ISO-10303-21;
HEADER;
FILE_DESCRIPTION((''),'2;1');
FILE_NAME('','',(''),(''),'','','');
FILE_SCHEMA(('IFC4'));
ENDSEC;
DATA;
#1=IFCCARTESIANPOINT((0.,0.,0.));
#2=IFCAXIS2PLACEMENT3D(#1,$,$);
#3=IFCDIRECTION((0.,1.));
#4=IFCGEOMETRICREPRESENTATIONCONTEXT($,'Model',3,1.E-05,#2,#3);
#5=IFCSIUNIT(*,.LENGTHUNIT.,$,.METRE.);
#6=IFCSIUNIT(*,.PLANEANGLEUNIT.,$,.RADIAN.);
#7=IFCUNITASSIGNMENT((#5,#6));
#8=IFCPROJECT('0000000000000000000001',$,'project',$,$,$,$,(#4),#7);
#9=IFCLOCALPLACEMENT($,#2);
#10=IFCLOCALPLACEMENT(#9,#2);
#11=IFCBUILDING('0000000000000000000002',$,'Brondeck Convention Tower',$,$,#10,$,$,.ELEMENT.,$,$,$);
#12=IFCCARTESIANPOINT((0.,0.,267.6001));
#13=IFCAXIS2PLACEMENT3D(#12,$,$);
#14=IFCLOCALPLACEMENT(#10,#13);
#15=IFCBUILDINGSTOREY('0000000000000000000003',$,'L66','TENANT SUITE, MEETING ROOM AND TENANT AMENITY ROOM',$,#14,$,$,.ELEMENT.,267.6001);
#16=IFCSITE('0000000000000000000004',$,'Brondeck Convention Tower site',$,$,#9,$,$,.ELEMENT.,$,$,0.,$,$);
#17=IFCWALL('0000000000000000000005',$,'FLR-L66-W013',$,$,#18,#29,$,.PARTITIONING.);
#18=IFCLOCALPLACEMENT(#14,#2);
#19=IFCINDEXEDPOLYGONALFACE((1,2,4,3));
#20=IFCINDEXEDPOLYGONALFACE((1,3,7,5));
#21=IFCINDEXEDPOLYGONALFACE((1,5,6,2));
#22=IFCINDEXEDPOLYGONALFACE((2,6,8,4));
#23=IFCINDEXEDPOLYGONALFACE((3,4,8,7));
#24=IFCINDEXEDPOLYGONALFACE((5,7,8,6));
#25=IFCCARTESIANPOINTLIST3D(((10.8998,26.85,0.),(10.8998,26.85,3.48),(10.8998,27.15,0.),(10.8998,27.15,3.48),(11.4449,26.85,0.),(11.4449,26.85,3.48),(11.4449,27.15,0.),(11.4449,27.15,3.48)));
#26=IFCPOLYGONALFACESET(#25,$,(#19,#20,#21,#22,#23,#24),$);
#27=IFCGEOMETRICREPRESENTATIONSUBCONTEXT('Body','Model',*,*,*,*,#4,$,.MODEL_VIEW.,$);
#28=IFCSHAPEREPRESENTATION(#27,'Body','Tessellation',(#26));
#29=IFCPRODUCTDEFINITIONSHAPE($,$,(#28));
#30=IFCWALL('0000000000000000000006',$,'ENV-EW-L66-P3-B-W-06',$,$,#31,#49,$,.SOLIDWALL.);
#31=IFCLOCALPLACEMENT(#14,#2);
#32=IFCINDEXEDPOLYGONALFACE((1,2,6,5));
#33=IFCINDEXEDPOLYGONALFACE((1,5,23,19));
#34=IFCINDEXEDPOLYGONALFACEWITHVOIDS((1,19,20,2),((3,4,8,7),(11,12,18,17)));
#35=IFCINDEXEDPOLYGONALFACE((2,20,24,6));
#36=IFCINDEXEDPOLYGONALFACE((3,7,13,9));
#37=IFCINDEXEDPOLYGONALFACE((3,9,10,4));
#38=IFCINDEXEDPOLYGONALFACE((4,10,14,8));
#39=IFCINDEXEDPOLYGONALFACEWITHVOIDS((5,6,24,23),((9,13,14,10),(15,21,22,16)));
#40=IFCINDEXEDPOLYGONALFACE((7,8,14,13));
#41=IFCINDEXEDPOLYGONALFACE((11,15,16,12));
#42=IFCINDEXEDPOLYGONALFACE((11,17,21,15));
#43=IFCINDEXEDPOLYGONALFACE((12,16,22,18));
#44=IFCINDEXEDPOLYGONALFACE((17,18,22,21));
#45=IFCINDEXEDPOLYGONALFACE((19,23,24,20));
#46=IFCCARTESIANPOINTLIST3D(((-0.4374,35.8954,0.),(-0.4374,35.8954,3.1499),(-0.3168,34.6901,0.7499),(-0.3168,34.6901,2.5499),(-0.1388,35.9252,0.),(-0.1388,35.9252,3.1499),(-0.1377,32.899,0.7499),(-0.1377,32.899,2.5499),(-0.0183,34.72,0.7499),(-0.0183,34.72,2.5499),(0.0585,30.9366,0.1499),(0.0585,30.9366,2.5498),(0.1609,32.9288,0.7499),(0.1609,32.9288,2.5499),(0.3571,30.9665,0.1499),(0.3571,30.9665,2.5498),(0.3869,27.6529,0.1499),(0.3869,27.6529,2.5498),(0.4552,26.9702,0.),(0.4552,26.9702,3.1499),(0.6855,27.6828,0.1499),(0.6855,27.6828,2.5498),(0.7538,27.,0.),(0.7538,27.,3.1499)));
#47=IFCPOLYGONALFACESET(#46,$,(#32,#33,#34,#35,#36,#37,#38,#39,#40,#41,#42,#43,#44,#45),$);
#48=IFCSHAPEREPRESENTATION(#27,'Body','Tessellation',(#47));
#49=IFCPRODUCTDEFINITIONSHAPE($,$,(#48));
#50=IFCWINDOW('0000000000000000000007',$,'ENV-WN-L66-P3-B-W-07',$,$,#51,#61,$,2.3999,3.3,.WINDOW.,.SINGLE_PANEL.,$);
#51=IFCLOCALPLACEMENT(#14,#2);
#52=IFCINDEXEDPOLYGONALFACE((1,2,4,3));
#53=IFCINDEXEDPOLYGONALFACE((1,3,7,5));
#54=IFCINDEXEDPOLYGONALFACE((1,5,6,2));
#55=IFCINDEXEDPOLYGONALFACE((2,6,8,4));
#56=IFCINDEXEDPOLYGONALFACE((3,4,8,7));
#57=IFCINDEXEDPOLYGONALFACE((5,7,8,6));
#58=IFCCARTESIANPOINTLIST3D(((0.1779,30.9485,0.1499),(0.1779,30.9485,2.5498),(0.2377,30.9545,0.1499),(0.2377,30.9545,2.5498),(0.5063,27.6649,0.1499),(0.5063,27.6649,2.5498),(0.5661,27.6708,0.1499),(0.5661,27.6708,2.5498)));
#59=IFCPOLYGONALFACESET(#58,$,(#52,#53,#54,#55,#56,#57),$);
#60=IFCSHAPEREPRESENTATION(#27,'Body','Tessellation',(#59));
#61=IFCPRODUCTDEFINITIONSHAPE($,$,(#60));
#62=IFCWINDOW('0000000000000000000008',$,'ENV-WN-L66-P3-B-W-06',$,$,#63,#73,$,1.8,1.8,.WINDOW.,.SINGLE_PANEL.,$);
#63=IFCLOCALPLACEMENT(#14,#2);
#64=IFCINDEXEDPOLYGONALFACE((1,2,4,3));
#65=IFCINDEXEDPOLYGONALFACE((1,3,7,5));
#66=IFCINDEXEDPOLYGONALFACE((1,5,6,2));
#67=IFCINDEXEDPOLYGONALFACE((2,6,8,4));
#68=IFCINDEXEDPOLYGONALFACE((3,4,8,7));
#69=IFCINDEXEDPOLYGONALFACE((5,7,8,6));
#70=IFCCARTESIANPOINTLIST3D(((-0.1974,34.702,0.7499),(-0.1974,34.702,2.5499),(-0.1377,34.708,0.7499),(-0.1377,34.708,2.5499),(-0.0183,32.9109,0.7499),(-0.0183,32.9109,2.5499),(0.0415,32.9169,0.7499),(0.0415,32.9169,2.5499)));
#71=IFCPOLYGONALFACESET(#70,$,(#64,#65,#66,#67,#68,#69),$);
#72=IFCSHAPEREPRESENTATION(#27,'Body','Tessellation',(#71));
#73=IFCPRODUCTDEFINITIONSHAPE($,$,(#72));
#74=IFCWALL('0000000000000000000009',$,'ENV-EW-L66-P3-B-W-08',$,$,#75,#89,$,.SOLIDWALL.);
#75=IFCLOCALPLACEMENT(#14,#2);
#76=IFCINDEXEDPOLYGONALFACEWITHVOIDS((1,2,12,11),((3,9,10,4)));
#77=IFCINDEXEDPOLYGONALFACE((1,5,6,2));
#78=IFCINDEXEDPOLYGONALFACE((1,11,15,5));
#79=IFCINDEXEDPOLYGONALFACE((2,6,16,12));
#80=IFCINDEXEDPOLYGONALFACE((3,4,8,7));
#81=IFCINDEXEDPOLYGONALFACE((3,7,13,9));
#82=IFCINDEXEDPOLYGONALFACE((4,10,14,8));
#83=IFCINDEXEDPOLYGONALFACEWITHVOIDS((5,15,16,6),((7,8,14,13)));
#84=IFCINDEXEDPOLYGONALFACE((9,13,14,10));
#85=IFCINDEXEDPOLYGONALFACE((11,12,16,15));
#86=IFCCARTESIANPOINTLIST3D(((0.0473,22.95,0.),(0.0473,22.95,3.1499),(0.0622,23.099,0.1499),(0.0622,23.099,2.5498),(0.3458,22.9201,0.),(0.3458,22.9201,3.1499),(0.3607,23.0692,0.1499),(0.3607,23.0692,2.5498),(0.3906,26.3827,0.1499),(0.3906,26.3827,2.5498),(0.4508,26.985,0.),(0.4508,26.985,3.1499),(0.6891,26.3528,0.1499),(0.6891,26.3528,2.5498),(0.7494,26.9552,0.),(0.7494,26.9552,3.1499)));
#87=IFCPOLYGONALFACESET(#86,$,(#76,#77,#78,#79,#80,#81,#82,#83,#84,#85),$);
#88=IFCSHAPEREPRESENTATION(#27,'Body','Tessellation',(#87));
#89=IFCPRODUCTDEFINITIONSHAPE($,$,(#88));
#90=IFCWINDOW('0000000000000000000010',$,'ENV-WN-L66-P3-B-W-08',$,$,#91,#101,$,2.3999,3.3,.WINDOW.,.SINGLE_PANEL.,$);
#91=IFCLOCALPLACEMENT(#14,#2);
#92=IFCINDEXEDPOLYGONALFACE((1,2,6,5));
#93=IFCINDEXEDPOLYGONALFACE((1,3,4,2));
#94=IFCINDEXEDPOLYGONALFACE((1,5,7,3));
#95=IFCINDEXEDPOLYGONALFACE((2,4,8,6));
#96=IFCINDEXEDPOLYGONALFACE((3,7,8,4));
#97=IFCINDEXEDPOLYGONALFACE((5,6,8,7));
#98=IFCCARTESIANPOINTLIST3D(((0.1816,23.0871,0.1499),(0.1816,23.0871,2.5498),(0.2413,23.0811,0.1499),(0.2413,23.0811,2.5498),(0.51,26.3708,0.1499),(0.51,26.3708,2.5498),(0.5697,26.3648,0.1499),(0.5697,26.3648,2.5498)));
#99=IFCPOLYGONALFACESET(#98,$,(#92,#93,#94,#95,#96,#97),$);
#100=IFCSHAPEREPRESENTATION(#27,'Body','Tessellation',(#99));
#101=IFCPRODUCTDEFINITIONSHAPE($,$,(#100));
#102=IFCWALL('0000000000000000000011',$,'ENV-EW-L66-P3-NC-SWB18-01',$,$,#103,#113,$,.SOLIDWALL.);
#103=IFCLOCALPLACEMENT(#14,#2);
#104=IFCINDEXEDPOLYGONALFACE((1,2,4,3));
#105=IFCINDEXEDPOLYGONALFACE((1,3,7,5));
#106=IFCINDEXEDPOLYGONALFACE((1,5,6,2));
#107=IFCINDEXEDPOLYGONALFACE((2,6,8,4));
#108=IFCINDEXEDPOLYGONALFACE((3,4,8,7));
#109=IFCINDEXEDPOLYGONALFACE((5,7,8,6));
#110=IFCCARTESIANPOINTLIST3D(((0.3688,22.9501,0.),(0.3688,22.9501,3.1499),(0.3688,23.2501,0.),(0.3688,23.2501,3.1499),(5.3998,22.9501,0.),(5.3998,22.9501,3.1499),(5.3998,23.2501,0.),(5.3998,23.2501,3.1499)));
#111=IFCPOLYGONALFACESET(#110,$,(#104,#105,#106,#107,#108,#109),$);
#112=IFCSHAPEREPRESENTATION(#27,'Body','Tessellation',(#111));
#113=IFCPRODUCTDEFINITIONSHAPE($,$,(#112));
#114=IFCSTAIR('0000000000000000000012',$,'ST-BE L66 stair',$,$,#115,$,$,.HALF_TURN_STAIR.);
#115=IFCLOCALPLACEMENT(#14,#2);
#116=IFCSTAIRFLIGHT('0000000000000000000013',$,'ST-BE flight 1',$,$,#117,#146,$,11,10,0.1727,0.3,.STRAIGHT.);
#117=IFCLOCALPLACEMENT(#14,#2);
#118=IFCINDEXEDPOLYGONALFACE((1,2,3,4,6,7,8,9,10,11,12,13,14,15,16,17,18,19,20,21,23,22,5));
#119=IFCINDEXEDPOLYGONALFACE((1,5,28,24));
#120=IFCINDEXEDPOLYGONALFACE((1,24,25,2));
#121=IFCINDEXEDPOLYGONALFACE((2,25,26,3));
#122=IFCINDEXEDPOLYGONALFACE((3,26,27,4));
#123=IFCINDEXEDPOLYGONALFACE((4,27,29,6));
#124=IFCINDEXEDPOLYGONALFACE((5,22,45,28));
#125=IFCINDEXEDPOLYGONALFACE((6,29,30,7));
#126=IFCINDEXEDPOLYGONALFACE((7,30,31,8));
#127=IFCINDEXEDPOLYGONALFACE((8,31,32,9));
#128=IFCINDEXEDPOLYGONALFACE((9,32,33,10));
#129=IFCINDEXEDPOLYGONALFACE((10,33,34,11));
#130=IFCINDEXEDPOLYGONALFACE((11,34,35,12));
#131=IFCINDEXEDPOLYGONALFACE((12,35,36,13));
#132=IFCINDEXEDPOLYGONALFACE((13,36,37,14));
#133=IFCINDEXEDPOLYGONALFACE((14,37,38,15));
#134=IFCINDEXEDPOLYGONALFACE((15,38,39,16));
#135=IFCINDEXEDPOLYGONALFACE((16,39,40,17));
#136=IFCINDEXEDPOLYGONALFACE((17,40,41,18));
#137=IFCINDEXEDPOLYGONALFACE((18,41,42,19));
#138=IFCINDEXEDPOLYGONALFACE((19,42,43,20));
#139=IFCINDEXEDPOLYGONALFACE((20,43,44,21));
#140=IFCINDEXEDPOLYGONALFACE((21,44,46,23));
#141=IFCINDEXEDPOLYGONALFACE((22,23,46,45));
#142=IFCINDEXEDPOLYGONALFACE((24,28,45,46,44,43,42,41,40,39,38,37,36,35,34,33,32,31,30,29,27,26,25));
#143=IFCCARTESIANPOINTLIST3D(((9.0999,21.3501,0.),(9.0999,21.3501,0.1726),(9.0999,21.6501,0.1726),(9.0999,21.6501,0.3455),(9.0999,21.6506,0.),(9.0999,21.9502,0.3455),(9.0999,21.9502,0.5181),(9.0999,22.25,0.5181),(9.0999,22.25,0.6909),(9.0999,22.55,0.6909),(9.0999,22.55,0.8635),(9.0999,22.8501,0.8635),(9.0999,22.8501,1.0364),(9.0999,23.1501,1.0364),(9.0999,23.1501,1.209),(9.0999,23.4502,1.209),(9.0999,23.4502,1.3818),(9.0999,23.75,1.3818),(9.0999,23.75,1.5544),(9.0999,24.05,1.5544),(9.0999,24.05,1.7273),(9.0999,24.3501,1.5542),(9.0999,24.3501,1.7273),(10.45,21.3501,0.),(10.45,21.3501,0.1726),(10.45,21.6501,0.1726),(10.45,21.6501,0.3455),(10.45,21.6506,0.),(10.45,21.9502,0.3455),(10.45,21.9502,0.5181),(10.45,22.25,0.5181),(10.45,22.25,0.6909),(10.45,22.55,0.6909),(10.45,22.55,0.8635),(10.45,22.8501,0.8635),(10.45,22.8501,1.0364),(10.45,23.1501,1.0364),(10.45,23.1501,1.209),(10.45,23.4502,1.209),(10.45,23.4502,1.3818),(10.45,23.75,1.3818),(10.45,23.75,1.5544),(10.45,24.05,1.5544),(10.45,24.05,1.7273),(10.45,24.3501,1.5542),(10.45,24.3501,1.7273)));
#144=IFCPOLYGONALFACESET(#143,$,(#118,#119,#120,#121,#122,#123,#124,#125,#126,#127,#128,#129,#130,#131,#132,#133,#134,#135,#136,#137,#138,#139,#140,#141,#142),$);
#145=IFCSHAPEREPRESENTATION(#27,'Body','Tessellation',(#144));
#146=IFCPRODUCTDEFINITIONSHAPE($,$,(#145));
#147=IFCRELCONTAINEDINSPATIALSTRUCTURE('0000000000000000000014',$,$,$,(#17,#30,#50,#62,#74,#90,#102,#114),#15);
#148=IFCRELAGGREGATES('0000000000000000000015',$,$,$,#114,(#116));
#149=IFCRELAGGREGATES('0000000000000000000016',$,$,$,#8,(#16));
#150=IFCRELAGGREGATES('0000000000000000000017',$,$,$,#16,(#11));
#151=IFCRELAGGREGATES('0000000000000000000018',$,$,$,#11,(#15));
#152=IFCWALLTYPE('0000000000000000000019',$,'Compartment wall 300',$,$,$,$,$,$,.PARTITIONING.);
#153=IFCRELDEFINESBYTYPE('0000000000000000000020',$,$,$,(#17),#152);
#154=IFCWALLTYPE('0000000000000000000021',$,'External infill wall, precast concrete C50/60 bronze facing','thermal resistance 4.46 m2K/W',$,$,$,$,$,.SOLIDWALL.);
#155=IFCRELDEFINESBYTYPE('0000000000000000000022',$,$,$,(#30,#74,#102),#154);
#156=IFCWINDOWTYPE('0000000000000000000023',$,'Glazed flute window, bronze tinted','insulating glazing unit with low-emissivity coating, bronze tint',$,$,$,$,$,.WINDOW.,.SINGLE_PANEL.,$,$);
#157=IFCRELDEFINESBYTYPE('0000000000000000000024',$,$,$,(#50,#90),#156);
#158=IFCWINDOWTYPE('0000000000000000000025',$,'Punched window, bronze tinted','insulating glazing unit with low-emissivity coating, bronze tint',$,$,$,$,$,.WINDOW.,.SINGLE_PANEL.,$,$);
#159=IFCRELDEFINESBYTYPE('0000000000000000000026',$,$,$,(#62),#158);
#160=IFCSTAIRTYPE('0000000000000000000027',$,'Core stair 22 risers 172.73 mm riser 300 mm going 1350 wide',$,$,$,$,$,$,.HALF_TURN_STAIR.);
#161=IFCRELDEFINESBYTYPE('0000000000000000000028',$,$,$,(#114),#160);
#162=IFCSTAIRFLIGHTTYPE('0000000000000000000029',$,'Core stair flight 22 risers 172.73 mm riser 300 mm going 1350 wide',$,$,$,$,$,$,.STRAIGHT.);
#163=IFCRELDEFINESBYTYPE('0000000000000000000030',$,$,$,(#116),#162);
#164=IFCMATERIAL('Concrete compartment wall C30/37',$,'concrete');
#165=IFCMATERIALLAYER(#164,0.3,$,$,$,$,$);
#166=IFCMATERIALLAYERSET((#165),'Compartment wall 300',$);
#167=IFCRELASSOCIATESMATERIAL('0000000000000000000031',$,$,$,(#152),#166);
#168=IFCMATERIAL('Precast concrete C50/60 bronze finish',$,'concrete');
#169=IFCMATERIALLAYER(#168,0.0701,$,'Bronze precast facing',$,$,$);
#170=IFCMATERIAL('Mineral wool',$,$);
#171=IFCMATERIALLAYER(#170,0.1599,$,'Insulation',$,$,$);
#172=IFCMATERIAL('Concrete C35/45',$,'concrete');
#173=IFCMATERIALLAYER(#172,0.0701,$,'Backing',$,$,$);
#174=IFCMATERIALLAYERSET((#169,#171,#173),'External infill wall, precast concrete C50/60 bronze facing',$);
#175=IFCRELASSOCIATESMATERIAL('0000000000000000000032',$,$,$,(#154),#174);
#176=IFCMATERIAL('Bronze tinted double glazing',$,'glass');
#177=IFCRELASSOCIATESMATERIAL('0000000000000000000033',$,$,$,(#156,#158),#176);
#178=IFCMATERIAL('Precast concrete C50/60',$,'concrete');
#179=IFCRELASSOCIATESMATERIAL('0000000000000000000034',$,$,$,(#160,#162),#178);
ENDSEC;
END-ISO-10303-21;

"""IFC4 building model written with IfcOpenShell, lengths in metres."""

from ifc_helpers import new_model, si_unit, direction, frame, frame_2d, origin, place, context, subcontext, project, spatial, polyline, rectangle, outline, extrude, material, layer, layer_set, type_object, element, fill, aggregate, save


model = new_model("IFC4")

# Units and contexts
model_context = context("Model", 3, precision=1e-05, world=origin(), true_north=direction((0.0, 1.0)))
body_context = subcontext(model_context, "Body", "Model", "MODEL_VIEW")
ifc_project = project(units=[si_unit("LENGTHUNIT", "METRE"), si_unit("PLANEANGLEUNIT", "RADIAN")], contexts=[model_context])

# Site, building, storey
site_placement = place(None, origin())
site = spatial("IfcSite", under=ifc_project, at=site_placement, Name="Brondeck Convention Tower site", CompositionType="ELEMENT", RefElevation=0.0)
building_placement = place(site_placement, origin())
building = spatial("IfcBuilding", under=site, at=building_placement, Name="Brondeck Convention Tower", CompositionType="ELEMENT")
storey_placement = place(building_placement, frame((0.0, 0.0, 267.6001)))
storey = spatial("IfcBuildingStorey", under=building, at=storey_placement, Name="L66", Description="TENANT SUITE, MEETING ROOM AND TENANT AMENITY ROOM", CompositionType="ELEMENT", Elevation=267.6001)

# Wall
ifc_material_1 = material(Name="Concrete compartment wall C30/37", Category="concrete")
ifc_layer_1 = layer(ifc_material_1, 0.3)
ifc_layer_set_1 = layer_set([ifc_layer_1], Name="Compartment wall 300")
wall_type_1 = type_object("IfcWallType", Name="Compartment wall 300", PredefinedType="PARTITIONING", material=ifc_layer_set_1)
wall_1_placement = place(storey_placement, frame((10.8999, 27.0, 0.0), z_axis=(0.0, 0.0, 1.0), x_axis=(1.0, 0.0, 0.0)))
element("IfcWall", 1, at=wall_1_placement, inside=storey, type_object=wall_type_1, Name="FLR-L66-W013", PredefinedType="PARTITIONING", context=body_context, shape_type="SweptSolid", body=[
    extrude(rectangle(XDim=0.5452, YDim=0.3, at=frame_2d((0.2725, 0.0))), origin(), (0.0, 0.0, 1.0), 3.48),
])

# Wall, openings, windows
ifc_material_2 = material(Name="Precast concrete C50/60 bronze finish", Category="concrete")
ifc_layer_2 = layer(ifc_material_2, 0.0701, Name="Bronze precast facing")
ifc_material_3 = material(Name="Mineral wool")
ifc_layer_3 = layer(ifc_material_3, 0.1599, Name="Insulation")
ifc_material_4 = material(Name="Concrete C35/45", Category="concrete")
ifc_layer_4 = layer(ifc_material_4, 0.0701, Name="Backing")
ifc_layer_set_2 = layer_set([ifc_layer_2, ifc_layer_3, ifc_layer_4], Name="External infill wall, precast concrete C50/60 bronze facing")
wall_type_2 = type_object("IfcWallType", Name="External infill wall, precast concrete C50/60 bronze facing", Description="thermal resistance 4.46 m2K/W", PredefinedType="SOLIDWALL", material=ifc_layer_set_2)
wall_2_placement = place(storey_placement, frame((0.6045, 26.9851, 0.0), z_axis=(0.0, 0.0, 1.0), x_axis=(-0.099509, 0.995037, 0.0)))
wall_2 = element("IfcWall", 2, at=wall_2_placement, inside=storey, type_object=wall_type_2, Name="ENV-EW-L66-P3-B-W-06", PredefinedType="SOLIDWALL", context=body_context, shape_type="SweptSolid", body=[
    extrude(rectangle(XDim=8.9697, YDim=0.3, at=frame_2d((4.4849, 0.0))), origin(), (0.0, 0.0, 1.0), 3.1499),
])
opening_1_placement = place(wall_2_placement, frame((0.6863, 0.0, 0.1499)))
opening_1 = element("IfcOpeningElement", 3, at=opening_1_placement, cuts=wall_2, PredefinedType="OPENING", context=body_context, shape_type="SweptSolid", body=[
    extrude(rectangle(XDim=3.3, YDim=2.3999, at=frame_2d((1.6499, 1.2))), frame((0.0, 0.1599, 0.0), z_axis=(0.0, -1.0, 0.0), x_axis=(1.0, 0.0, 0.0)), (0.0, 0.0, 1.0), 0.3201),
])
opening_2_placement = place(wall_2_placement, frame((5.9585, 0.0, 0.75)))
opening_2 = element("IfcOpeningElement", 4, at=opening_2_placement, cuts=wall_2, PredefinedType="OPENING", context=body_context, shape_type="SweptSolid", body=[
    extrude(rectangle(XDim=1.8, YDim=1.8, at=frame_2d((0.8999, 0.8999))), frame((0.0, 0.1599, 0.0), z_axis=(0.0, -1.0, 0.0), x_axis=(1.0, 0.0, 0.0)), (0.0, 0.0, 1.0), 0.3201),
])
ifc_material_5 = material(Name="Bronze tinted double glazing", Category="glass")
window_type_1 = type_object("IfcWindowType", Name="Glazed flute window, bronze tinted", Description="insulating glazing unit with low-emissivity coating, bronze tint", PartitioningType="SINGLE_PANEL", PredefinedType="WINDOW", material=ifc_material_5)
window_1_placement = place(opening_1_placement, origin())
window_1 = element("IfcWindow", 5, at=window_1_placement, inside=storey, type_object=window_type_1, Name="ENV-WN-L66-P3-B-W-07", OverallHeight=2.3999, OverallWidth=3.3, PartitioningType="SINGLE_PANEL", PredefinedType="WINDOW", context=body_context, shape_type="SweptSolid", body=[
    extrude(rectangle(XDim=3.3, YDim=2.3999, at=frame_2d((1.6499, 1.2))), frame((0.0, 0.03, 0.0), z_axis=(0.0, -1.0, 0.0), x_axis=(1.0, 0.0, 0.0)), (0.0, 0.0, 1.0), 0.0601),
])
fill(opening_1, window_1)
window_type_2 = type_object("IfcWindowType", Name="Punched window, bronze tinted", Description="insulating glazing unit with low-emissivity coating, bronze tint", PartitioningType="SINGLE_PANEL", PredefinedType="WINDOW", material=ifc_material_5)
window_2_placement = place(opening_2_placement, origin())
window_2 = element("IfcWindow", 6, at=window_2_placement, inside=storey, type_object=window_type_2, Name="ENV-WN-L66-P3-B-W-06", OverallHeight=1.8, OverallWidth=1.8, PartitioningType="SINGLE_PANEL", PredefinedType="WINDOW", context=body_context, shape_type="SweptSolid", body=[
    extrude(rectangle(XDim=1.8, YDim=1.8, at=frame_2d((0.8999, 0.8999))), frame((0.0, 0.03, 0.0), z_axis=(0.0, -1.0, 0.0), x_axis=(1.0, 0.0, 0.0)), (0.0, 0.0, 1.0), 0.0601),
])
fill(opening_2, window_2)

# Wall, opening, window
wall_3_placement = place(storey_placement, frame((0.1965, 22.9351, 0.0), z_axis=(0.0, 0.0, 1.0), x_axis=(0.099516, 0.995036, 0.0)))
wall_3 = element("IfcWall", 7, at=wall_3_placement, inside=storey, type_object=wall_type_2, Name="ENV-EW-L66-P3-B-W-08", PredefinedType="SOLIDWALL", context=body_context, shape_type="SweptSolid", body=[
    extrude(rectangle(XDim=4.0552, YDim=0.3, at=frame_2d((2.0276, 0.0))), origin(), (0.0, 0.0, 1.0), 3.1499),
])
opening_3_placement = place(wall_3_placement, frame((0.1499, 0.0, 0.1499)))
opening_3 = element("IfcOpeningElement", 8, at=opening_3_placement, cuts=wall_3, PredefinedType="OPENING", context=body_context, shape_type="SweptSolid", body=[
    extrude(rectangle(XDim=3.3, YDim=2.3999, at=frame_2d((1.6499, 1.2))), frame((0.0, 0.1599, 0.0), z_axis=(0.0, -1.0, 0.0), x_axis=(1.0, 0.0, 0.0)), (0.0, 0.0, 1.0), 0.3201),
])
window_3_placement = place(opening_3_placement, origin())
window_3 = element("IfcWindow", 9, at=window_3_placement, inside=storey, type_object=window_type_1, Name="ENV-WN-L66-P3-B-W-08", OverallHeight=2.3999, OverallWidth=3.3, PartitioningType="SINGLE_PANEL", PredefinedType="WINDOW", context=body_context, shape_type="SweptSolid", body=[
    extrude(rectangle(XDim=3.3, YDim=2.3999, at=frame_2d((1.6499, 1.2))), frame((0.0, 0.03, 0.0), z_axis=(0.0, -1.0, 0.0), x_axis=(1.0, 0.0, 0.0)), (0.0, 0.0, 1.0), 0.0601),
])
fill(opening_3, window_3)

# Wall
wall_4_placement = place(storey_placement, frame((5.3999, 23.1001, 0.0), z_axis=(0.0, 0.0, 1.0), x_axis=(-1.0, 0.0, 0.0)))
element("IfcWall", 10, at=wall_4_placement, inside=storey, type_object=wall_type_2, Name="ENV-EW-L66-P3-NC-SWB18-01", PredefinedType="SOLIDWALL", context=body_context, shape_type="SweptSolid", body=[
    extrude(rectangle(XDim=5.031, YDim=0.3, at=frame_2d((2.5156, 0.0))), origin(), (0.0, 0.0, 1.0), 3.1499),
])

# Stair, stair flight
ifc_material_6 = material(Name="Precast concrete C50/60", Category="concrete")
stair_type = type_object("IfcStairType", Name="Core stair 22 risers 172.73 mm riser 300 mm going 1350 wide", PredefinedType="HALF_TURN_STAIR", material=ifc_material_6)
stair_placement = place(storey_placement, origin())
stair = element("IfcStair", 11, at=stair_placement, inside=storey, type_object=stair_type, Name="ST-BE L66 stair", PredefinedType="HALF_TURN_STAIR")
stair_flight_type = type_object("IfcStairFlightType", Name="Core stair flight 22 risers 172.73 mm riser 300 mm going 1350 wide", PredefinedType="STRAIGHT", material=ifc_material_6)
stair_flight_1_placement = place(storey_placement, frame((9.7749, 21.3501, 0.0), z_axis=(0.0, 0.0, 1.0), x_axis=(0.0, 1.0, 0.0)))
stair_flight_1 = element("IfcStairFlight", 12, at=stair_flight_1_placement, type_object=stair_flight_type, Name="ST-BE flight 1", NumberOfRisers=11, NumberOfTreads=10, PredefinedType="STRAIGHT", RiserHeight=0.1727, TreadLength=0.3, context=body_context, shape_type="SweptSolid", body=[
    extrude(outline(polyline([(0.0, 0.0), (0.0, 0.1726), (0.3, 0.1726), (0.3, 0.3455), (0.6001, 0.3455), (0.6001, 0.5181), (0.8999, 0.5181), (0.8999, 0.6909), (1.2, 0.6909), (1.2, 0.8635), (1.5, 0.8635), (1.5, 1.0364), (1.8, 1.0364), (1.8, 1.209), (2.1001, 1.209), (2.1001, 1.3818), (2.3999, 1.3818), (2.3999, 1.5544), (2.7, 1.5544), (2.7, 1.7273), (3.0, 1.7273), (3.0, 1.8999), (3.0, 1.5542), (0.3005, 0.0), (0.0, 0.0)])), frame((0.0, 0.675, 0.0), z_axis=(0.0, -1.0, 0.0), x_axis=(1.0, 0.0, 0.0)), (0.0, 0.0, 1.0), 1.3501),
])
aggregate(stair, [stair_flight_1])

save(model, "model.ifc")
